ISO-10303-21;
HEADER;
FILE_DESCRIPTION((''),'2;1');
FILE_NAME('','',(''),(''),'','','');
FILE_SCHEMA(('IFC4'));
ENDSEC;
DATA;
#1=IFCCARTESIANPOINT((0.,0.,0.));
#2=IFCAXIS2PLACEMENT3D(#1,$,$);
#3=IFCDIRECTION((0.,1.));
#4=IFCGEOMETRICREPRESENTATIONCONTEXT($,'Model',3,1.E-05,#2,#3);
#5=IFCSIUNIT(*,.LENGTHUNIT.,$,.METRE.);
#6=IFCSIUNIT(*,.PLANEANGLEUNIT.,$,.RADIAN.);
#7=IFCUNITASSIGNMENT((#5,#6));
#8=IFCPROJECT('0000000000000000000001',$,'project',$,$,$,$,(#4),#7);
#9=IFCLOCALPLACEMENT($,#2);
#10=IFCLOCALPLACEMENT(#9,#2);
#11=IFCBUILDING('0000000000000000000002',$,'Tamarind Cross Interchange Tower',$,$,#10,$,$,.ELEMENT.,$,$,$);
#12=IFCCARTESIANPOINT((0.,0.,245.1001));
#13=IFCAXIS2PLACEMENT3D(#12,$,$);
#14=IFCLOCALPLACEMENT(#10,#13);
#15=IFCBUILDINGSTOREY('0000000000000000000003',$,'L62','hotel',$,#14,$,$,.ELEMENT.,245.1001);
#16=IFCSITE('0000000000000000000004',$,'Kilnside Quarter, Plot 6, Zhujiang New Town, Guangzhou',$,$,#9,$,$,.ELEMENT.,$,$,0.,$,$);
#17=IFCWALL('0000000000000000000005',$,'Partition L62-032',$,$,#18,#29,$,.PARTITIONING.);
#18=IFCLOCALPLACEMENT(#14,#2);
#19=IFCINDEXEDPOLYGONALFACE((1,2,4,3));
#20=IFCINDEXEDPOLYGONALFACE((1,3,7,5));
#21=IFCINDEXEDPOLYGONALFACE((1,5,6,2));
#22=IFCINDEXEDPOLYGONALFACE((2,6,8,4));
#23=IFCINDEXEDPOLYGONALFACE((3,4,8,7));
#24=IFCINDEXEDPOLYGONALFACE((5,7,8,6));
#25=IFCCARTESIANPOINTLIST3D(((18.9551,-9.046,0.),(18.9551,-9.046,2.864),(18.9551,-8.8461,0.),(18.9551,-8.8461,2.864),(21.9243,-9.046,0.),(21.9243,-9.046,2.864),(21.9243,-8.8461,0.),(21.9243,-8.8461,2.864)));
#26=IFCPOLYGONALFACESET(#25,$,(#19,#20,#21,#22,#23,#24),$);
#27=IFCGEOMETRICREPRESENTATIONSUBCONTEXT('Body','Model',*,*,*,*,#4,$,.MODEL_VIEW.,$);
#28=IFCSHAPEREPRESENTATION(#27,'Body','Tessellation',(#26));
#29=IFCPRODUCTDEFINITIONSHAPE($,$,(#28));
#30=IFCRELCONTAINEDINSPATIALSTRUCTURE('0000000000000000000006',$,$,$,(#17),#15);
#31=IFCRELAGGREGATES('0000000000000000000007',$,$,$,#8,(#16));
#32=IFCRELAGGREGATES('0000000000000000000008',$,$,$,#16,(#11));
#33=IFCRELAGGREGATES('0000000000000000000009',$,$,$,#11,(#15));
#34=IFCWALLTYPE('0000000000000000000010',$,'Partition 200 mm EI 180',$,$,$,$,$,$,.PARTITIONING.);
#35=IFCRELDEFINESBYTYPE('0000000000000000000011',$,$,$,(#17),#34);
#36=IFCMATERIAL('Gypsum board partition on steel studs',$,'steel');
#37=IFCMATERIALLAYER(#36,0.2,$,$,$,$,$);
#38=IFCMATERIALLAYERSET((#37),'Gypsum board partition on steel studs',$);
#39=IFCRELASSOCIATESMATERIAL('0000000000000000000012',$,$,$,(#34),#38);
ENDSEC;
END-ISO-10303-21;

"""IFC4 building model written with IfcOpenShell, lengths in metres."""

from ifc_helpers import new_model, si_unit, direction, frame, frame_2d, origin, place, context, subcontext, project, spatial, rectangle, extrude, material, layer, layer_set, type_object, element, save


model = new_model("IFC4")

# Units and contexts
model_context = context("Model", 3, precision=1e-05, world=origin(), true_north=direction((0.0, 1.0)))
body_context = subcontext(model_context, "Body", "Model", "MODEL_VIEW")
ifc_project = project(units=[si_unit("LENGTHUNIT", "METRE"), si_unit("PLANEANGLEUNIT", "RADIAN")], contexts=[model_context])

# Site, building, storey
site_placement = place(None, origin())
site = spatial("IfcSite", under=ifc_project, at=site_placement, Name="Kilnside Quarter, Plot 6, Zhujiang New Town, Guangzhou", CompositionType="ELEMENT", RefElevation=0.0)
building_placement = place(site_placement, origin())
building = spatial("IfcBuilding", under=site, at=building_placement, Name="Tamarind Cross Interchange Tower", CompositionType="ELEMENT")
storey_placement = place(building_placement, frame((0.0, 0.0, 245.1001)))
storey = spatial("IfcBuildingStorey", under=building, at=storey_placement, Name="L62", Description="hotel", CompositionType="ELEMENT", Elevation=245.1001)

# Shared definitions
ifc_material_1 = material(Name="Gypsum board partition on steel studs", Category="steel")

# Wall
ifc_layer_1 = layer(ifc_material_1, 0.2)
ifc_layer_set_1 = layer_set([ifc_layer_1], Name="Gypsum board partition on steel studs")
wall_type_1 = type_object("IfcWallType", Name="Partition 200 mm EI 180", PredefinedType="PARTITIONING", material=ifc_layer_set_1)
wall_1_placement = place(storey_placement, frame((18.9551, -8.946, 0.0), z_axis=(0.0, 0.0, 1.0), x_axis=(1.0, 0.0, 0.0)))
element("IfcWall", 1, at=wall_1_placement, inside=storey, type_object=wall_type_1, Name="Partition L62-032", PredefinedType="PARTITIONING", context=body_context, shape_type="SweptSolid", body=[
    extrude(rectangle(XDim=2.9692, YDim=0.2, at=frame_2d((1.4846, 0.0))), origin(), (0.0, 0.0, 1.0), 2.864),
])

save(model, "model.ifc")
